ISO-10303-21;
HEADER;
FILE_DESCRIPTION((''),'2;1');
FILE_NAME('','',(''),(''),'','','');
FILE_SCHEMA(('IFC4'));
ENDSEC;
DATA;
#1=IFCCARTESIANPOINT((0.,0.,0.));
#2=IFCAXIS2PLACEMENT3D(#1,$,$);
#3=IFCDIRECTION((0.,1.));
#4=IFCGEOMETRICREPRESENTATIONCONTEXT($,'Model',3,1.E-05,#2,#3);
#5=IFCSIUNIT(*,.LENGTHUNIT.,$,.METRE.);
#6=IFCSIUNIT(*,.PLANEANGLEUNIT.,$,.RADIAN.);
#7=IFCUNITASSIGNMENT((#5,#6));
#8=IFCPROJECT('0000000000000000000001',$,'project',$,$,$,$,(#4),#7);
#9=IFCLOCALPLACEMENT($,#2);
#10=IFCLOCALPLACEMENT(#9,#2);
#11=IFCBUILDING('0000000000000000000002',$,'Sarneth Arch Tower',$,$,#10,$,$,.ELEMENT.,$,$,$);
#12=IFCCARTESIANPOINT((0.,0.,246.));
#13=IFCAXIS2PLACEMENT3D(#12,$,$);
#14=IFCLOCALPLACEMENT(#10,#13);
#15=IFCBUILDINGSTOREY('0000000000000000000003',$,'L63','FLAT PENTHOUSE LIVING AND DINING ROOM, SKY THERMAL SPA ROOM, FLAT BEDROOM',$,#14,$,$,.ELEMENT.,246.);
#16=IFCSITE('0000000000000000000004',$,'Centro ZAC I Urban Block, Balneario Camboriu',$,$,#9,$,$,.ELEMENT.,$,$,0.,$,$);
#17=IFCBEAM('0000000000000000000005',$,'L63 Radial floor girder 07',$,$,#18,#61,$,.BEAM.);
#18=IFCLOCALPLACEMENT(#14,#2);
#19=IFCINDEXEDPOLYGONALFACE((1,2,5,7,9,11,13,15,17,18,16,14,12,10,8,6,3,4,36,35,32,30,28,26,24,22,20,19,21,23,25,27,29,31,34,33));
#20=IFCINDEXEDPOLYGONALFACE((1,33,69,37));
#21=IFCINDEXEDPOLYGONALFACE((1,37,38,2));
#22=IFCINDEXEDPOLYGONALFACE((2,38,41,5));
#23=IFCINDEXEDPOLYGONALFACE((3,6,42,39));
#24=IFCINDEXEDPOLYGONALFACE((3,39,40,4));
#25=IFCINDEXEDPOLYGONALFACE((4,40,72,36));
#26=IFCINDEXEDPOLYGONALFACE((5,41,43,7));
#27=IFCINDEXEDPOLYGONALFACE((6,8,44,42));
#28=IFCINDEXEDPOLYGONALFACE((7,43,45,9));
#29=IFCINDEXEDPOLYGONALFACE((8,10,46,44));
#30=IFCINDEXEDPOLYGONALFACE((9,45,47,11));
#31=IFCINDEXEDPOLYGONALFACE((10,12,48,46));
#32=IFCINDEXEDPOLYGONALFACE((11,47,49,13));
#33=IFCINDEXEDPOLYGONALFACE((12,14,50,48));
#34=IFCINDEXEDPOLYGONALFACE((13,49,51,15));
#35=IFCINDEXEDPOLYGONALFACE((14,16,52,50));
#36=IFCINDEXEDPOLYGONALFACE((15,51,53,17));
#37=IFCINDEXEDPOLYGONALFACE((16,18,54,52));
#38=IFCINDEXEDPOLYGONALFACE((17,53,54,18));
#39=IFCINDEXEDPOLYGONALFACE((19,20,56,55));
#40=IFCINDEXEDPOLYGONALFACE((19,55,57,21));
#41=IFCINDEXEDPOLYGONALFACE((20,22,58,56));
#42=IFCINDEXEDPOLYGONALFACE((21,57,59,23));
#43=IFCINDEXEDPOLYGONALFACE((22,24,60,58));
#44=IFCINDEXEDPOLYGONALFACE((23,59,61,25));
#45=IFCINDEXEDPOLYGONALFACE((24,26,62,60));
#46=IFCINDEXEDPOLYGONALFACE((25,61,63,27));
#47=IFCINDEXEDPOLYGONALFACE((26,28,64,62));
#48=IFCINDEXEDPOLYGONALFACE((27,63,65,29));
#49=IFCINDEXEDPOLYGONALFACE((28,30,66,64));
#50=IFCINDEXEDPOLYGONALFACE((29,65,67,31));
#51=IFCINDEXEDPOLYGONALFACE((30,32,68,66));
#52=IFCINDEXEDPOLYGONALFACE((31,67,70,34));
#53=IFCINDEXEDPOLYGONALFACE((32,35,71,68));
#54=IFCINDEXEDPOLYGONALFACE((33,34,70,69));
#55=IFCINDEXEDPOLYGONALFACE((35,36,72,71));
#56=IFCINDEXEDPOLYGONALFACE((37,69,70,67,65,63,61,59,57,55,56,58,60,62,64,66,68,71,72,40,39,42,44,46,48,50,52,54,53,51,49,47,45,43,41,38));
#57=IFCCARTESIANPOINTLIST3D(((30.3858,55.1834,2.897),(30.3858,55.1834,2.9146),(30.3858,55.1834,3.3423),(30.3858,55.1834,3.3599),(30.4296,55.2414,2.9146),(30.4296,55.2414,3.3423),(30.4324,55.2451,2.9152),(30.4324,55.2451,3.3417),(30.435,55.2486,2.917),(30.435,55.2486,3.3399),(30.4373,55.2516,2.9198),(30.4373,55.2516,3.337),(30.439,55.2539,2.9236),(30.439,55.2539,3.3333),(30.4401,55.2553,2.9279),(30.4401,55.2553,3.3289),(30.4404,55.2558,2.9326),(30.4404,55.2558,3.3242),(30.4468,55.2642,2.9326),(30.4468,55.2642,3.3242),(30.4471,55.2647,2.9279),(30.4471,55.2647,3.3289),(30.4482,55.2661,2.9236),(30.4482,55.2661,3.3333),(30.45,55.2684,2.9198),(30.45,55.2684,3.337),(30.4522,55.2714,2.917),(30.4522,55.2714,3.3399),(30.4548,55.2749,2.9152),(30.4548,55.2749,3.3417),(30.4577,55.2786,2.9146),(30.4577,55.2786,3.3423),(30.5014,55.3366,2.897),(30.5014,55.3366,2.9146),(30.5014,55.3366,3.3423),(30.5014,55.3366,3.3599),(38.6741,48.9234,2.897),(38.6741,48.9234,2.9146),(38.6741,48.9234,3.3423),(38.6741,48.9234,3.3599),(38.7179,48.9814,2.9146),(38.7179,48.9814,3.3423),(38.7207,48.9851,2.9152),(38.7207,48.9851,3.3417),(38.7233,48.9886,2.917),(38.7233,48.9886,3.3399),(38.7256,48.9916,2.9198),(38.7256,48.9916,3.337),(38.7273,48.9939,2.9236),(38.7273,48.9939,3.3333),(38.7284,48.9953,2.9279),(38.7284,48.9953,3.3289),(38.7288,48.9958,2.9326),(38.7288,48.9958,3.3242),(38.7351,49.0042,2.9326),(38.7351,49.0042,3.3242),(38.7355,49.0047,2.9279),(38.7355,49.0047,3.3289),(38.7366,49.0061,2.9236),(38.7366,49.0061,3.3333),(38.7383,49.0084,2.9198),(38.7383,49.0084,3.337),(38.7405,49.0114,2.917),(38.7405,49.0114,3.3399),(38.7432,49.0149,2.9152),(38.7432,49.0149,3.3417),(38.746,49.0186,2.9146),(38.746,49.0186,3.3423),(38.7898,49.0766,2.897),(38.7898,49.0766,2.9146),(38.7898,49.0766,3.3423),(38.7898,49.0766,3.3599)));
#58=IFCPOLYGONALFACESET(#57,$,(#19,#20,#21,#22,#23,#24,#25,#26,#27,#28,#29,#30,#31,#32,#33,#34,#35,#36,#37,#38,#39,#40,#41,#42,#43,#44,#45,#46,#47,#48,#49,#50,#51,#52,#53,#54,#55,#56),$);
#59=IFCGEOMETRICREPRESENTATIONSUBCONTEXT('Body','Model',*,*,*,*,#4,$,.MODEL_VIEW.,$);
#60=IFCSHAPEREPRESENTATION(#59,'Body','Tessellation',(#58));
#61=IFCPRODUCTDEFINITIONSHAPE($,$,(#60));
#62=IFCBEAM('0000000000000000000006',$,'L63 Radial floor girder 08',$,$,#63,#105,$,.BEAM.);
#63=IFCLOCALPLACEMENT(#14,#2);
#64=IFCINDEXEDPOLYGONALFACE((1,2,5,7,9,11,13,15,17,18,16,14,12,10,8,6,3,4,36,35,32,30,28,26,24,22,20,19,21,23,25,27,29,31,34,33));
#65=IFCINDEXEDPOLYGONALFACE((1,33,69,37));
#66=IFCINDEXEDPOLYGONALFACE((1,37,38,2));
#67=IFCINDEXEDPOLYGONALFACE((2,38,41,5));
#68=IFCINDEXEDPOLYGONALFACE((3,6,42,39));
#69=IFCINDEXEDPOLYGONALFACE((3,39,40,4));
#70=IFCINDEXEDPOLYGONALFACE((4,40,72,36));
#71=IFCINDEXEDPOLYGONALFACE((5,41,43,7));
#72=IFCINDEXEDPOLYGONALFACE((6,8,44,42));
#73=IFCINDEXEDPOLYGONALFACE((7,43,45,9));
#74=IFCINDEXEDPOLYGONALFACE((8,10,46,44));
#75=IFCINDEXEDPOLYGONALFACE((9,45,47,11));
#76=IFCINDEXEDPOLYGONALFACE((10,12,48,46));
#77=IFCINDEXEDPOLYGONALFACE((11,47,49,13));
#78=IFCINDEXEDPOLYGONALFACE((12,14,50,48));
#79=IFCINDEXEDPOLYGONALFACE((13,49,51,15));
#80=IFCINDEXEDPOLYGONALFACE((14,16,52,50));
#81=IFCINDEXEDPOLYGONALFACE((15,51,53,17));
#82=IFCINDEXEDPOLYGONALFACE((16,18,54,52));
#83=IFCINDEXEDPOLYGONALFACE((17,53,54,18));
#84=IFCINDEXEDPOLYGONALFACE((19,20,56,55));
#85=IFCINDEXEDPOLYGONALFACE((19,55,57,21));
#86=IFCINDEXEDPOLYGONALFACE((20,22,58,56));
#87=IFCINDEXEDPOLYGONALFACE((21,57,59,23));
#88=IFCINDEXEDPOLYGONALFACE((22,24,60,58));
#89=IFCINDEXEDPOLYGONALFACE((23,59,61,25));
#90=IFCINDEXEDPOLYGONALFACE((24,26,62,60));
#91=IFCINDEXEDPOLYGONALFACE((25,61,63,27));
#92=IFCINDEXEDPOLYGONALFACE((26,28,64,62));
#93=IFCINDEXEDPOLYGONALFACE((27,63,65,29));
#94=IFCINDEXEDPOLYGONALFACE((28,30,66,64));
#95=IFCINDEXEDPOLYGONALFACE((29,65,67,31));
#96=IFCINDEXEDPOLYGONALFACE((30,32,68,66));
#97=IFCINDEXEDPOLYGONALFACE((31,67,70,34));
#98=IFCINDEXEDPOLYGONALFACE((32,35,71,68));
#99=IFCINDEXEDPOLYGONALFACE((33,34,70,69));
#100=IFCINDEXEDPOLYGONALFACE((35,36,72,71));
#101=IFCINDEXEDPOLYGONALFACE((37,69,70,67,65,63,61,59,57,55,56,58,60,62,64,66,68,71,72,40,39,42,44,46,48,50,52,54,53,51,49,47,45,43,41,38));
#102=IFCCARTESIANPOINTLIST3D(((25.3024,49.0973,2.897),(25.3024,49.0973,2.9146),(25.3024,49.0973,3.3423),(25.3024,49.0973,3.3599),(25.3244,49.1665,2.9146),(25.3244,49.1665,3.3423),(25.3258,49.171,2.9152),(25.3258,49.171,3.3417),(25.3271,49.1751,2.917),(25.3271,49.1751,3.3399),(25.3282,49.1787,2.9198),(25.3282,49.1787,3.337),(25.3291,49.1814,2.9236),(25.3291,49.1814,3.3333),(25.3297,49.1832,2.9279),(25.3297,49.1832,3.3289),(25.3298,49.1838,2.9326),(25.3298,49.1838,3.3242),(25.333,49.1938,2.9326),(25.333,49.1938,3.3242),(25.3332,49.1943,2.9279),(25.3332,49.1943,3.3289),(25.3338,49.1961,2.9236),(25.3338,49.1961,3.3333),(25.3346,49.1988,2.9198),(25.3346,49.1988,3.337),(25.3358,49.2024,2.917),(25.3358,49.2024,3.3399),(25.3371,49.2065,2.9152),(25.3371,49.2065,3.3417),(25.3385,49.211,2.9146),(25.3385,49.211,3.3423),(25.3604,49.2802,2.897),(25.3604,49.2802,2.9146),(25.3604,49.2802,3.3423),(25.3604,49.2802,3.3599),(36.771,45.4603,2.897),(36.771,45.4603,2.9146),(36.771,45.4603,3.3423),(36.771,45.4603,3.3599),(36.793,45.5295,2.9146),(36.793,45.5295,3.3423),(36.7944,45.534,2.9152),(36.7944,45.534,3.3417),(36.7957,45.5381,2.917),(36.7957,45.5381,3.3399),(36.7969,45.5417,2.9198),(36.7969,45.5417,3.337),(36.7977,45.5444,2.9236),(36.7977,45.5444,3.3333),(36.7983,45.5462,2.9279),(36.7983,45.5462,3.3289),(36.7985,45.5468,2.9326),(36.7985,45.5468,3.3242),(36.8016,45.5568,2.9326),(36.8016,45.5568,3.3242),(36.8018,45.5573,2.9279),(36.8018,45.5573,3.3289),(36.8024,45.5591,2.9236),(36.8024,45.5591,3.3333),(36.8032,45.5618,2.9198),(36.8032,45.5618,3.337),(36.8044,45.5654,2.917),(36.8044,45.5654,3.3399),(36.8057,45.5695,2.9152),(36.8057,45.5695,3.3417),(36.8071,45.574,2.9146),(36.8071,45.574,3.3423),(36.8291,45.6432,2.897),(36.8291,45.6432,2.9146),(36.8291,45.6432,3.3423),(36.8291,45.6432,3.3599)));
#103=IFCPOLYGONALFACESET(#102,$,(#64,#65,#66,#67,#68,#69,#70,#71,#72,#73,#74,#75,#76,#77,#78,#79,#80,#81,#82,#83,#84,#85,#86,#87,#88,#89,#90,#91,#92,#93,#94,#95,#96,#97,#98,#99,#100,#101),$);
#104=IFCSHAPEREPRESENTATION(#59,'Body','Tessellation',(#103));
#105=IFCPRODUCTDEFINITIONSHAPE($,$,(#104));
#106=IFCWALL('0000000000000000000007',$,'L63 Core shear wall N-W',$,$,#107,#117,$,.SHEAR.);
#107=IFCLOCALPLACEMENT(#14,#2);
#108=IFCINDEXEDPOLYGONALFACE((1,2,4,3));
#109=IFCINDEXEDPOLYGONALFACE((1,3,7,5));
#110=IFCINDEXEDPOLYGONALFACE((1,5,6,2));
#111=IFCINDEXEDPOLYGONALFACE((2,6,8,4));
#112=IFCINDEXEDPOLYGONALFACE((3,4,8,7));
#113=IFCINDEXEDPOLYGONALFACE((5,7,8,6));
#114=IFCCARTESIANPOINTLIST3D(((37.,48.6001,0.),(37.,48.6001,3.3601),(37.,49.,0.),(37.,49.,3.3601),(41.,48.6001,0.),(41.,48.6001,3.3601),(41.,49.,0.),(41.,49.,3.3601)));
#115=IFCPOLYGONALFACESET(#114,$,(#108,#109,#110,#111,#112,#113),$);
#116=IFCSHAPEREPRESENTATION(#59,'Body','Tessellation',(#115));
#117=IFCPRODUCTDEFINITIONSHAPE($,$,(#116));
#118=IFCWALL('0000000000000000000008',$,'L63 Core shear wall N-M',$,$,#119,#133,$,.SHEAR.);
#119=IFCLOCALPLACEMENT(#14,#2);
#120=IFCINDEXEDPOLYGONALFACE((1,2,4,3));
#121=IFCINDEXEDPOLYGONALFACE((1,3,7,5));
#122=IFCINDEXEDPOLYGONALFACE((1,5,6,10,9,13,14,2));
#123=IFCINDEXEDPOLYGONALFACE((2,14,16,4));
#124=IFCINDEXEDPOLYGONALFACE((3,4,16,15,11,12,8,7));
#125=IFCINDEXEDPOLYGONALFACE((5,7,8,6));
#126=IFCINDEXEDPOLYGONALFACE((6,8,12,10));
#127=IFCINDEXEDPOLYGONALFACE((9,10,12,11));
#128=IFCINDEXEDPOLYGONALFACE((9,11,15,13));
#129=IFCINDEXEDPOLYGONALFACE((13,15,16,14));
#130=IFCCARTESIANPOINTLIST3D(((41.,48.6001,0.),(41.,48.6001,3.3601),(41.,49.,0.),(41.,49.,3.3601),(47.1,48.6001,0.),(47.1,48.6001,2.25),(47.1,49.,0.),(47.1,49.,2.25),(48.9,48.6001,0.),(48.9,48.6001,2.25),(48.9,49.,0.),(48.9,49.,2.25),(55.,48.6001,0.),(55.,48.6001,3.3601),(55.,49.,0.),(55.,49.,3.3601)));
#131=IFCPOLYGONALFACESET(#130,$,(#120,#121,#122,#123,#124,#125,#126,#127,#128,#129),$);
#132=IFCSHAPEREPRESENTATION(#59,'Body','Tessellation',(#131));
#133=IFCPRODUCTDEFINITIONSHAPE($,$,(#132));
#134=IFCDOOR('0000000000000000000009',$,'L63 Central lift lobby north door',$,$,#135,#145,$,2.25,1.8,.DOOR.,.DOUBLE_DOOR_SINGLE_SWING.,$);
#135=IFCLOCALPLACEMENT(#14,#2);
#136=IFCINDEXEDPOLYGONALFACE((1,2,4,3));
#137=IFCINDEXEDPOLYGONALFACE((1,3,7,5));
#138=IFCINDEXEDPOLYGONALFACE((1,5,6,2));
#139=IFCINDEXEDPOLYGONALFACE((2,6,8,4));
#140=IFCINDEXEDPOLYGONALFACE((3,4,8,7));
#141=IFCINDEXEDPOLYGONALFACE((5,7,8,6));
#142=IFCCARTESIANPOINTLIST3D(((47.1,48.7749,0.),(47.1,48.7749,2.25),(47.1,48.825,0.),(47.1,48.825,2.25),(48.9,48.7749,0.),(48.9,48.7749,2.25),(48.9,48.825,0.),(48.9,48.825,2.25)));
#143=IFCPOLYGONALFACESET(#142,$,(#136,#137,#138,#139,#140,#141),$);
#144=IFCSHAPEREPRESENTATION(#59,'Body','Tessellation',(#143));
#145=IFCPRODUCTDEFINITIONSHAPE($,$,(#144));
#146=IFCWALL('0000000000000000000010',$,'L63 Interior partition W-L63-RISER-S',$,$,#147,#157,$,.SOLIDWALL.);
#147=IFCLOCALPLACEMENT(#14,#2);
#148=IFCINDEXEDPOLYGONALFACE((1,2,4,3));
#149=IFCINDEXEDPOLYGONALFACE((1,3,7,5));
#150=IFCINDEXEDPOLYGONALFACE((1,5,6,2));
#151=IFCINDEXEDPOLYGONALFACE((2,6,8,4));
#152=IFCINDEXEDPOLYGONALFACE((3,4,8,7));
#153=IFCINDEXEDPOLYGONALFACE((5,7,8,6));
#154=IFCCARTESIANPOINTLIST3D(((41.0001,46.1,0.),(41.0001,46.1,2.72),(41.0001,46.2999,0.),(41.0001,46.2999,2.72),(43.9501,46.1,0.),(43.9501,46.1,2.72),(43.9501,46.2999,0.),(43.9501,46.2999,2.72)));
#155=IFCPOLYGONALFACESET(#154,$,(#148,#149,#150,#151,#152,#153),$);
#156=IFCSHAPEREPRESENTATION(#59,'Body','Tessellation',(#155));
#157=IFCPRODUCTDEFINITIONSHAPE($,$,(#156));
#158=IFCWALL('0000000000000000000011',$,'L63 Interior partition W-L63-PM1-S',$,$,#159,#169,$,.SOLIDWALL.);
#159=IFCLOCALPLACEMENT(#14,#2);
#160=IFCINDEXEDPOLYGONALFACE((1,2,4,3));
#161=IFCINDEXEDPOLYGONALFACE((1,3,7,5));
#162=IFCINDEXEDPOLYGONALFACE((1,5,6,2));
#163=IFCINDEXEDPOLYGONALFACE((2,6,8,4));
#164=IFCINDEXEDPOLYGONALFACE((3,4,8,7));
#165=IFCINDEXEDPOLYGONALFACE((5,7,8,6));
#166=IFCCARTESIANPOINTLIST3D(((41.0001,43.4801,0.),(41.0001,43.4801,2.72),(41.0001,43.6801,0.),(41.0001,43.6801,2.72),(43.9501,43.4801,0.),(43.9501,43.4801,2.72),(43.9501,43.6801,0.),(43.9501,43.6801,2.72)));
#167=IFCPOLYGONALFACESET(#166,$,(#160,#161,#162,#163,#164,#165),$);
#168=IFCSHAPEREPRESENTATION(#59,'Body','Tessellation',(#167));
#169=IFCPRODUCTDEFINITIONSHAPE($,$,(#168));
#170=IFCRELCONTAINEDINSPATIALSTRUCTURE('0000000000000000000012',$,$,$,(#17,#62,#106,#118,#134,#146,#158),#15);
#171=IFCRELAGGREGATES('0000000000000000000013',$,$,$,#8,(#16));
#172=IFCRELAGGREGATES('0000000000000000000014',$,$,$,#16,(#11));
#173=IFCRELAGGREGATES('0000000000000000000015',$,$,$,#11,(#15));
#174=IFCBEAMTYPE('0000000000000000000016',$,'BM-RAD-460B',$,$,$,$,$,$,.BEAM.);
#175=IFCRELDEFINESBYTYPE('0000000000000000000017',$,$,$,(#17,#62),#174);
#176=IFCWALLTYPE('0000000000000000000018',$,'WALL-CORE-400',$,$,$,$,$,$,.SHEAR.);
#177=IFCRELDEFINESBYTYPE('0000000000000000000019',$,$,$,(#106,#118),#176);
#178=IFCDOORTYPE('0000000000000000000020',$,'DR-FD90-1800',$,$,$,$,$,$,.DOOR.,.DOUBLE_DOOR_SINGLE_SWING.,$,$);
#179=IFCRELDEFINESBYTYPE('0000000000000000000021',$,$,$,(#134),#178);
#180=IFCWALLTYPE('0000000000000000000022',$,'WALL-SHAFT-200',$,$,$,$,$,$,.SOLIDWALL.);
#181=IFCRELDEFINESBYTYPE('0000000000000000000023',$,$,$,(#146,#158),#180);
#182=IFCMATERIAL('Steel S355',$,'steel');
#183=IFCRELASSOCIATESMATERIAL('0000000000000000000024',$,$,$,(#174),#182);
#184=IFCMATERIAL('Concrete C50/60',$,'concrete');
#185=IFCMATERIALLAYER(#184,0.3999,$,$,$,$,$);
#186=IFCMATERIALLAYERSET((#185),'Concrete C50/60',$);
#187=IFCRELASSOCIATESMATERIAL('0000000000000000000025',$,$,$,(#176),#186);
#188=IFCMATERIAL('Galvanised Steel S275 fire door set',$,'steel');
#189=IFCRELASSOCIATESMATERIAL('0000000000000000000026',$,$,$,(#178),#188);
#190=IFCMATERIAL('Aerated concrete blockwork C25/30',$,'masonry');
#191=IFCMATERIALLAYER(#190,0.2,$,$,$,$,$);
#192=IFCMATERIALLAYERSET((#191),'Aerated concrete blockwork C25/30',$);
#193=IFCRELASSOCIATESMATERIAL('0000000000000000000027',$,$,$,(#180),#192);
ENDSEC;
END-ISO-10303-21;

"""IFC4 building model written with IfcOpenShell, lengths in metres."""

from ifc_helpers import new_model, si_unit, direction, frame, frame_2d, origin, origin_2d, place, context, subcontext, project, spatial, rectangle, i_section, extrude, material, layer, layer_set, material_profile, profile_set, type_object, element, fill, save


model = new_model("IFC4")

# Units and contexts
model_context = context("Model", 3, precision=1e-05, world=origin(), true_north=direction((0.0, 1.0)))
body_context = subcontext(model_context, "Body", "Model", "MODEL_VIEW")
ifc_project = project(units=[si_unit("LENGTHUNIT", "METRE"), si_unit("PLANEANGLEUNIT", "RADIAN")], contexts=[model_context])

# Site, building, storey
site_placement = place(None, origin())
site = spatial("IfcSite", under=ifc_project, at=site_placement, Name="Centro ZAC I Urban Block, Balneario Camboriu", CompositionType="ELEMENT", RefElevation=0.0)
building_placement = place(site_placement, origin())
building = spatial("IfcBuilding", under=site, at=building_placement, Name="Sarneth Arch Tower", CompositionType="ELEMENT")
storey_placement = place(building_placement, frame((0.0, 0.0, 246.0)))
storey = spatial("IfcBuildingStorey", under=building, at=storey_placement, Name="L63", Description="FLAT PENTHOUSE LIVING AND DINING ROOM, SKY THERMAL SPA ROOM, FLAT BEDROOM", CompositionType="ELEMENT", Elevation=246.0)

# Beams
ifc_material_1 = material(Name="Steel S355", Category="steel")
ifc_material_profile_1 = material_profile(ifc_material_1, i_section(OverallWidth=0.1919, OverallDepth=0.4629, WebThickness=0.0105, FlangeThickness=0.0176, FilletRadius=0.0181, at=origin_2d()), Name="W460x89")
ifc_profile_set_1 = profile_set([ifc_material_profile_1], Name="Steel S355")
beam_type_1 = type_object("IfcBeamType", Name="BM-RAD-460B", PredefinedType="BEAM", material=ifc_profile_set_1)
beam_1_placement = place(storey_placement, frame((38.7319, 49.0, 3.1284), z_axis=(-0.797973, 0.602693, 0.0), x_axis=(-0.602693, -0.797973, 0.0)))
element("IfcBeam", 1, at=beam_1_placement, inside=storey, type_object=beam_type_1, Name="L63 Radial floor girder 07", PredefinedType="BEAM", context=body_context, shape_type="SweptSolid", body=[
    extrude(i_section(OverallWidth=0.1919, OverallDepth=0.4629, WebThickness=0.0105, FlangeThickness=0.0176, FilletRadius=0.0181, at=origin_2d()), origin(), (0.0, 0.0, 1.0), 10.3867),
])
beam_2_placement = place(storey_placement, frame((36.8, 45.5518, 3.1284), z_axis=(-0.953216, 0.30229, 0.0), x_axis=(-0.30229, -0.953216, 0.0)))
element("IfcBeam", 2, at=beam_2_placement, inside=storey, type_object=beam_type_1, Name="L63 Radial floor girder 08", PredefinedType="BEAM", context=body_context, shape_type="SweptSolid", body=[
    extrude(i_section(OverallWidth=0.1919, OverallDepth=0.4629, WebThickness=0.0105, FlangeThickness=0.0176, FilletRadius=0.0181, at=origin_2d()), origin(), (0.0, 0.0, 1.0), 12.0315),
])

# Wall
ifc_material_2 = material(Name="Concrete C50/60", Category="concrete")
ifc_layer_1 = layer(ifc_material_2, 0.3999)
ifc_layer_set_1 = layer_set([ifc_layer_1], Name="Concrete C50/60")
wall_type_1 = type_object("IfcWallType", Name="WALL-CORE-400", PredefinedType="SHEAR", material=ifc_layer_set_1)
wall_1_placement = place(storey_placement, frame((37.0, 48.8, 0.0), z_axis=(0.0, 0.0, 1.0), x_axis=(1.0, 0.0, 0.0)))
element("IfcWall", 3, at=wall_1_placement, inside=storey, type_object=wall_type_1, Name="L63 Core shear wall N-W", PredefinedType="SHEAR", context=body_context, shape_type="SweptSolid", body=[
    extrude(rectangle(XDim=4.0, YDim=0.3999, at=frame_2d((2.0, 0.0))), origin(), (0.0, 0.0, 1.0), 3.3601),
])

# Wall, opening, door
wall_2_placement = place(storey_placement, frame((41.0, 48.8, 0.0), z_axis=(0.0, 0.0, 1.0), x_axis=(1.0, 0.0, 0.0)))
wall_2 = element("IfcWall", 4, at=wall_2_placement, inside=storey, type_object=wall_type_1, Name="L63 Core shear wall N-M", PredefinedType="SHEAR", context=body_context, shape_type="SweptSolid", body=[
    extrude(rectangle(XDim=14.0, YDim=0.3999, at=frame_2d((7.0, 0.0))), origin(), (0.0, 0.0, 1.0), 3.3601),
])
opening_1_placement = place(wall_2_placement, frame((6.1001, 0.0, 0.0)))
opening_1 = element("IfcOpeningElement", 5, at=opening_1_placement, cuts=wall_2, PredefinedType="OPENING", context=body_context, shape_type="SweptSolid", body=[
    extrude(rectangle(XDim=1.8, YDim=2.25, at=frame_2d((0.8999, 1.125))), frame((0.0, 0.21, 0.0), z_axis=(0.0, -1.0, 0.0), x_axis=(1.0, 0.0, 0.0)), (0.0, 0.0, 1.0), 0.4199),
])
ifc_material_3 = material(Name="Galvanised Steel S275 fire door set", Category="steel")
door_type_1 = type_object("IfcDoorType", Name="DR-FD90-1800", OperationType="DOUBLE_DOOR_SINGLE_SWING", PredefinedType="DOOR", material=ifc_material_3)
door_1_placement = place(opening_1_placement, origin())
door_1 = element("IfcDoor", 6, at=door_1_placement, inside=storey, type_object=door_type_1, Name="L63 Central lift lobby north door", OperationType="DOUBLE_DOOR_SINGLE_SWING", OverallHeight=2.25, OverallWidth=1.8, PredefinedType="DOOR", context=body_context, shape_type="SweptSolid", body=[
    extrude(rectangle(XDim=1.8, YDim=2.25, at=frame_2d((0.8999, 1.125))), frame((0.0, 0.0249, 0.0), z_axis=(0.0, -1.0, 0.0), x_axis=(1.0, 0.0, 0.0)), (0.0, 0.0, 1.0), 0.05),
])
fill(opening_1, door_1)

# Wall
ifc_material_4 = material(Name="Aerated concrete blockwork C25/30", Category="masonry")
ifc_layer_2 = layer(ifc_material_4, 0.2)
ifc_layer_set_2 = layer_set([ifc_layer_2], Name="Aerated concrete blockwork C25/30")
wall_type_2 = type_object("IfcWallType", Name="WALL-SHAFT-200", PredefinedType="SOLIDWALL", material=ifc_layer_set_2)
wall_3_placement = place(storey_placement, frame((41.0, 46.2, 0.0), z_axis=(0.0, 0.0, 1.0), x_axis=(1.0, 0.0, 0.0)))
element("IfcWall", 7, at=wall_3_placement, inside=storey, type_object=wall_type_2, Name="L63 Interior partition W-L63-RISER-S", PredefinedType="SOLIDWALL", context=body_context, shape_type="SweptSolid", body=[
    extrude(rectangle(XDim=2.95, YDim=0.2, at=frame_2d((1.4751, 0.0))), origin(), (0.0, 0.0, 1.0), 2.72),
])

# Wall
wall_4_placement = place(storey_placement, frame((41.0, 43.5801, 0.0), z_axis=(0.0, 0.0, 1.0), x_axis=(1.0, 0.0, 0.0)))
element("IfcWall", 8, at=wall_4_placement, inside=storey, type_object=wall_type_2, Name="L63 Interior partition W-L63-PM1-S", PredefinedType="SOLIDWALL", context=body_context, shape_type="SweptSolid", body=[
    extrude(rectangle(XDim=2.95, YDim=0.2, at=frame_2d((1.4751, 0.0))), origin(), (0.0, 0.0, 1.0), 2.72),
])

save(model, "model.ifc")
